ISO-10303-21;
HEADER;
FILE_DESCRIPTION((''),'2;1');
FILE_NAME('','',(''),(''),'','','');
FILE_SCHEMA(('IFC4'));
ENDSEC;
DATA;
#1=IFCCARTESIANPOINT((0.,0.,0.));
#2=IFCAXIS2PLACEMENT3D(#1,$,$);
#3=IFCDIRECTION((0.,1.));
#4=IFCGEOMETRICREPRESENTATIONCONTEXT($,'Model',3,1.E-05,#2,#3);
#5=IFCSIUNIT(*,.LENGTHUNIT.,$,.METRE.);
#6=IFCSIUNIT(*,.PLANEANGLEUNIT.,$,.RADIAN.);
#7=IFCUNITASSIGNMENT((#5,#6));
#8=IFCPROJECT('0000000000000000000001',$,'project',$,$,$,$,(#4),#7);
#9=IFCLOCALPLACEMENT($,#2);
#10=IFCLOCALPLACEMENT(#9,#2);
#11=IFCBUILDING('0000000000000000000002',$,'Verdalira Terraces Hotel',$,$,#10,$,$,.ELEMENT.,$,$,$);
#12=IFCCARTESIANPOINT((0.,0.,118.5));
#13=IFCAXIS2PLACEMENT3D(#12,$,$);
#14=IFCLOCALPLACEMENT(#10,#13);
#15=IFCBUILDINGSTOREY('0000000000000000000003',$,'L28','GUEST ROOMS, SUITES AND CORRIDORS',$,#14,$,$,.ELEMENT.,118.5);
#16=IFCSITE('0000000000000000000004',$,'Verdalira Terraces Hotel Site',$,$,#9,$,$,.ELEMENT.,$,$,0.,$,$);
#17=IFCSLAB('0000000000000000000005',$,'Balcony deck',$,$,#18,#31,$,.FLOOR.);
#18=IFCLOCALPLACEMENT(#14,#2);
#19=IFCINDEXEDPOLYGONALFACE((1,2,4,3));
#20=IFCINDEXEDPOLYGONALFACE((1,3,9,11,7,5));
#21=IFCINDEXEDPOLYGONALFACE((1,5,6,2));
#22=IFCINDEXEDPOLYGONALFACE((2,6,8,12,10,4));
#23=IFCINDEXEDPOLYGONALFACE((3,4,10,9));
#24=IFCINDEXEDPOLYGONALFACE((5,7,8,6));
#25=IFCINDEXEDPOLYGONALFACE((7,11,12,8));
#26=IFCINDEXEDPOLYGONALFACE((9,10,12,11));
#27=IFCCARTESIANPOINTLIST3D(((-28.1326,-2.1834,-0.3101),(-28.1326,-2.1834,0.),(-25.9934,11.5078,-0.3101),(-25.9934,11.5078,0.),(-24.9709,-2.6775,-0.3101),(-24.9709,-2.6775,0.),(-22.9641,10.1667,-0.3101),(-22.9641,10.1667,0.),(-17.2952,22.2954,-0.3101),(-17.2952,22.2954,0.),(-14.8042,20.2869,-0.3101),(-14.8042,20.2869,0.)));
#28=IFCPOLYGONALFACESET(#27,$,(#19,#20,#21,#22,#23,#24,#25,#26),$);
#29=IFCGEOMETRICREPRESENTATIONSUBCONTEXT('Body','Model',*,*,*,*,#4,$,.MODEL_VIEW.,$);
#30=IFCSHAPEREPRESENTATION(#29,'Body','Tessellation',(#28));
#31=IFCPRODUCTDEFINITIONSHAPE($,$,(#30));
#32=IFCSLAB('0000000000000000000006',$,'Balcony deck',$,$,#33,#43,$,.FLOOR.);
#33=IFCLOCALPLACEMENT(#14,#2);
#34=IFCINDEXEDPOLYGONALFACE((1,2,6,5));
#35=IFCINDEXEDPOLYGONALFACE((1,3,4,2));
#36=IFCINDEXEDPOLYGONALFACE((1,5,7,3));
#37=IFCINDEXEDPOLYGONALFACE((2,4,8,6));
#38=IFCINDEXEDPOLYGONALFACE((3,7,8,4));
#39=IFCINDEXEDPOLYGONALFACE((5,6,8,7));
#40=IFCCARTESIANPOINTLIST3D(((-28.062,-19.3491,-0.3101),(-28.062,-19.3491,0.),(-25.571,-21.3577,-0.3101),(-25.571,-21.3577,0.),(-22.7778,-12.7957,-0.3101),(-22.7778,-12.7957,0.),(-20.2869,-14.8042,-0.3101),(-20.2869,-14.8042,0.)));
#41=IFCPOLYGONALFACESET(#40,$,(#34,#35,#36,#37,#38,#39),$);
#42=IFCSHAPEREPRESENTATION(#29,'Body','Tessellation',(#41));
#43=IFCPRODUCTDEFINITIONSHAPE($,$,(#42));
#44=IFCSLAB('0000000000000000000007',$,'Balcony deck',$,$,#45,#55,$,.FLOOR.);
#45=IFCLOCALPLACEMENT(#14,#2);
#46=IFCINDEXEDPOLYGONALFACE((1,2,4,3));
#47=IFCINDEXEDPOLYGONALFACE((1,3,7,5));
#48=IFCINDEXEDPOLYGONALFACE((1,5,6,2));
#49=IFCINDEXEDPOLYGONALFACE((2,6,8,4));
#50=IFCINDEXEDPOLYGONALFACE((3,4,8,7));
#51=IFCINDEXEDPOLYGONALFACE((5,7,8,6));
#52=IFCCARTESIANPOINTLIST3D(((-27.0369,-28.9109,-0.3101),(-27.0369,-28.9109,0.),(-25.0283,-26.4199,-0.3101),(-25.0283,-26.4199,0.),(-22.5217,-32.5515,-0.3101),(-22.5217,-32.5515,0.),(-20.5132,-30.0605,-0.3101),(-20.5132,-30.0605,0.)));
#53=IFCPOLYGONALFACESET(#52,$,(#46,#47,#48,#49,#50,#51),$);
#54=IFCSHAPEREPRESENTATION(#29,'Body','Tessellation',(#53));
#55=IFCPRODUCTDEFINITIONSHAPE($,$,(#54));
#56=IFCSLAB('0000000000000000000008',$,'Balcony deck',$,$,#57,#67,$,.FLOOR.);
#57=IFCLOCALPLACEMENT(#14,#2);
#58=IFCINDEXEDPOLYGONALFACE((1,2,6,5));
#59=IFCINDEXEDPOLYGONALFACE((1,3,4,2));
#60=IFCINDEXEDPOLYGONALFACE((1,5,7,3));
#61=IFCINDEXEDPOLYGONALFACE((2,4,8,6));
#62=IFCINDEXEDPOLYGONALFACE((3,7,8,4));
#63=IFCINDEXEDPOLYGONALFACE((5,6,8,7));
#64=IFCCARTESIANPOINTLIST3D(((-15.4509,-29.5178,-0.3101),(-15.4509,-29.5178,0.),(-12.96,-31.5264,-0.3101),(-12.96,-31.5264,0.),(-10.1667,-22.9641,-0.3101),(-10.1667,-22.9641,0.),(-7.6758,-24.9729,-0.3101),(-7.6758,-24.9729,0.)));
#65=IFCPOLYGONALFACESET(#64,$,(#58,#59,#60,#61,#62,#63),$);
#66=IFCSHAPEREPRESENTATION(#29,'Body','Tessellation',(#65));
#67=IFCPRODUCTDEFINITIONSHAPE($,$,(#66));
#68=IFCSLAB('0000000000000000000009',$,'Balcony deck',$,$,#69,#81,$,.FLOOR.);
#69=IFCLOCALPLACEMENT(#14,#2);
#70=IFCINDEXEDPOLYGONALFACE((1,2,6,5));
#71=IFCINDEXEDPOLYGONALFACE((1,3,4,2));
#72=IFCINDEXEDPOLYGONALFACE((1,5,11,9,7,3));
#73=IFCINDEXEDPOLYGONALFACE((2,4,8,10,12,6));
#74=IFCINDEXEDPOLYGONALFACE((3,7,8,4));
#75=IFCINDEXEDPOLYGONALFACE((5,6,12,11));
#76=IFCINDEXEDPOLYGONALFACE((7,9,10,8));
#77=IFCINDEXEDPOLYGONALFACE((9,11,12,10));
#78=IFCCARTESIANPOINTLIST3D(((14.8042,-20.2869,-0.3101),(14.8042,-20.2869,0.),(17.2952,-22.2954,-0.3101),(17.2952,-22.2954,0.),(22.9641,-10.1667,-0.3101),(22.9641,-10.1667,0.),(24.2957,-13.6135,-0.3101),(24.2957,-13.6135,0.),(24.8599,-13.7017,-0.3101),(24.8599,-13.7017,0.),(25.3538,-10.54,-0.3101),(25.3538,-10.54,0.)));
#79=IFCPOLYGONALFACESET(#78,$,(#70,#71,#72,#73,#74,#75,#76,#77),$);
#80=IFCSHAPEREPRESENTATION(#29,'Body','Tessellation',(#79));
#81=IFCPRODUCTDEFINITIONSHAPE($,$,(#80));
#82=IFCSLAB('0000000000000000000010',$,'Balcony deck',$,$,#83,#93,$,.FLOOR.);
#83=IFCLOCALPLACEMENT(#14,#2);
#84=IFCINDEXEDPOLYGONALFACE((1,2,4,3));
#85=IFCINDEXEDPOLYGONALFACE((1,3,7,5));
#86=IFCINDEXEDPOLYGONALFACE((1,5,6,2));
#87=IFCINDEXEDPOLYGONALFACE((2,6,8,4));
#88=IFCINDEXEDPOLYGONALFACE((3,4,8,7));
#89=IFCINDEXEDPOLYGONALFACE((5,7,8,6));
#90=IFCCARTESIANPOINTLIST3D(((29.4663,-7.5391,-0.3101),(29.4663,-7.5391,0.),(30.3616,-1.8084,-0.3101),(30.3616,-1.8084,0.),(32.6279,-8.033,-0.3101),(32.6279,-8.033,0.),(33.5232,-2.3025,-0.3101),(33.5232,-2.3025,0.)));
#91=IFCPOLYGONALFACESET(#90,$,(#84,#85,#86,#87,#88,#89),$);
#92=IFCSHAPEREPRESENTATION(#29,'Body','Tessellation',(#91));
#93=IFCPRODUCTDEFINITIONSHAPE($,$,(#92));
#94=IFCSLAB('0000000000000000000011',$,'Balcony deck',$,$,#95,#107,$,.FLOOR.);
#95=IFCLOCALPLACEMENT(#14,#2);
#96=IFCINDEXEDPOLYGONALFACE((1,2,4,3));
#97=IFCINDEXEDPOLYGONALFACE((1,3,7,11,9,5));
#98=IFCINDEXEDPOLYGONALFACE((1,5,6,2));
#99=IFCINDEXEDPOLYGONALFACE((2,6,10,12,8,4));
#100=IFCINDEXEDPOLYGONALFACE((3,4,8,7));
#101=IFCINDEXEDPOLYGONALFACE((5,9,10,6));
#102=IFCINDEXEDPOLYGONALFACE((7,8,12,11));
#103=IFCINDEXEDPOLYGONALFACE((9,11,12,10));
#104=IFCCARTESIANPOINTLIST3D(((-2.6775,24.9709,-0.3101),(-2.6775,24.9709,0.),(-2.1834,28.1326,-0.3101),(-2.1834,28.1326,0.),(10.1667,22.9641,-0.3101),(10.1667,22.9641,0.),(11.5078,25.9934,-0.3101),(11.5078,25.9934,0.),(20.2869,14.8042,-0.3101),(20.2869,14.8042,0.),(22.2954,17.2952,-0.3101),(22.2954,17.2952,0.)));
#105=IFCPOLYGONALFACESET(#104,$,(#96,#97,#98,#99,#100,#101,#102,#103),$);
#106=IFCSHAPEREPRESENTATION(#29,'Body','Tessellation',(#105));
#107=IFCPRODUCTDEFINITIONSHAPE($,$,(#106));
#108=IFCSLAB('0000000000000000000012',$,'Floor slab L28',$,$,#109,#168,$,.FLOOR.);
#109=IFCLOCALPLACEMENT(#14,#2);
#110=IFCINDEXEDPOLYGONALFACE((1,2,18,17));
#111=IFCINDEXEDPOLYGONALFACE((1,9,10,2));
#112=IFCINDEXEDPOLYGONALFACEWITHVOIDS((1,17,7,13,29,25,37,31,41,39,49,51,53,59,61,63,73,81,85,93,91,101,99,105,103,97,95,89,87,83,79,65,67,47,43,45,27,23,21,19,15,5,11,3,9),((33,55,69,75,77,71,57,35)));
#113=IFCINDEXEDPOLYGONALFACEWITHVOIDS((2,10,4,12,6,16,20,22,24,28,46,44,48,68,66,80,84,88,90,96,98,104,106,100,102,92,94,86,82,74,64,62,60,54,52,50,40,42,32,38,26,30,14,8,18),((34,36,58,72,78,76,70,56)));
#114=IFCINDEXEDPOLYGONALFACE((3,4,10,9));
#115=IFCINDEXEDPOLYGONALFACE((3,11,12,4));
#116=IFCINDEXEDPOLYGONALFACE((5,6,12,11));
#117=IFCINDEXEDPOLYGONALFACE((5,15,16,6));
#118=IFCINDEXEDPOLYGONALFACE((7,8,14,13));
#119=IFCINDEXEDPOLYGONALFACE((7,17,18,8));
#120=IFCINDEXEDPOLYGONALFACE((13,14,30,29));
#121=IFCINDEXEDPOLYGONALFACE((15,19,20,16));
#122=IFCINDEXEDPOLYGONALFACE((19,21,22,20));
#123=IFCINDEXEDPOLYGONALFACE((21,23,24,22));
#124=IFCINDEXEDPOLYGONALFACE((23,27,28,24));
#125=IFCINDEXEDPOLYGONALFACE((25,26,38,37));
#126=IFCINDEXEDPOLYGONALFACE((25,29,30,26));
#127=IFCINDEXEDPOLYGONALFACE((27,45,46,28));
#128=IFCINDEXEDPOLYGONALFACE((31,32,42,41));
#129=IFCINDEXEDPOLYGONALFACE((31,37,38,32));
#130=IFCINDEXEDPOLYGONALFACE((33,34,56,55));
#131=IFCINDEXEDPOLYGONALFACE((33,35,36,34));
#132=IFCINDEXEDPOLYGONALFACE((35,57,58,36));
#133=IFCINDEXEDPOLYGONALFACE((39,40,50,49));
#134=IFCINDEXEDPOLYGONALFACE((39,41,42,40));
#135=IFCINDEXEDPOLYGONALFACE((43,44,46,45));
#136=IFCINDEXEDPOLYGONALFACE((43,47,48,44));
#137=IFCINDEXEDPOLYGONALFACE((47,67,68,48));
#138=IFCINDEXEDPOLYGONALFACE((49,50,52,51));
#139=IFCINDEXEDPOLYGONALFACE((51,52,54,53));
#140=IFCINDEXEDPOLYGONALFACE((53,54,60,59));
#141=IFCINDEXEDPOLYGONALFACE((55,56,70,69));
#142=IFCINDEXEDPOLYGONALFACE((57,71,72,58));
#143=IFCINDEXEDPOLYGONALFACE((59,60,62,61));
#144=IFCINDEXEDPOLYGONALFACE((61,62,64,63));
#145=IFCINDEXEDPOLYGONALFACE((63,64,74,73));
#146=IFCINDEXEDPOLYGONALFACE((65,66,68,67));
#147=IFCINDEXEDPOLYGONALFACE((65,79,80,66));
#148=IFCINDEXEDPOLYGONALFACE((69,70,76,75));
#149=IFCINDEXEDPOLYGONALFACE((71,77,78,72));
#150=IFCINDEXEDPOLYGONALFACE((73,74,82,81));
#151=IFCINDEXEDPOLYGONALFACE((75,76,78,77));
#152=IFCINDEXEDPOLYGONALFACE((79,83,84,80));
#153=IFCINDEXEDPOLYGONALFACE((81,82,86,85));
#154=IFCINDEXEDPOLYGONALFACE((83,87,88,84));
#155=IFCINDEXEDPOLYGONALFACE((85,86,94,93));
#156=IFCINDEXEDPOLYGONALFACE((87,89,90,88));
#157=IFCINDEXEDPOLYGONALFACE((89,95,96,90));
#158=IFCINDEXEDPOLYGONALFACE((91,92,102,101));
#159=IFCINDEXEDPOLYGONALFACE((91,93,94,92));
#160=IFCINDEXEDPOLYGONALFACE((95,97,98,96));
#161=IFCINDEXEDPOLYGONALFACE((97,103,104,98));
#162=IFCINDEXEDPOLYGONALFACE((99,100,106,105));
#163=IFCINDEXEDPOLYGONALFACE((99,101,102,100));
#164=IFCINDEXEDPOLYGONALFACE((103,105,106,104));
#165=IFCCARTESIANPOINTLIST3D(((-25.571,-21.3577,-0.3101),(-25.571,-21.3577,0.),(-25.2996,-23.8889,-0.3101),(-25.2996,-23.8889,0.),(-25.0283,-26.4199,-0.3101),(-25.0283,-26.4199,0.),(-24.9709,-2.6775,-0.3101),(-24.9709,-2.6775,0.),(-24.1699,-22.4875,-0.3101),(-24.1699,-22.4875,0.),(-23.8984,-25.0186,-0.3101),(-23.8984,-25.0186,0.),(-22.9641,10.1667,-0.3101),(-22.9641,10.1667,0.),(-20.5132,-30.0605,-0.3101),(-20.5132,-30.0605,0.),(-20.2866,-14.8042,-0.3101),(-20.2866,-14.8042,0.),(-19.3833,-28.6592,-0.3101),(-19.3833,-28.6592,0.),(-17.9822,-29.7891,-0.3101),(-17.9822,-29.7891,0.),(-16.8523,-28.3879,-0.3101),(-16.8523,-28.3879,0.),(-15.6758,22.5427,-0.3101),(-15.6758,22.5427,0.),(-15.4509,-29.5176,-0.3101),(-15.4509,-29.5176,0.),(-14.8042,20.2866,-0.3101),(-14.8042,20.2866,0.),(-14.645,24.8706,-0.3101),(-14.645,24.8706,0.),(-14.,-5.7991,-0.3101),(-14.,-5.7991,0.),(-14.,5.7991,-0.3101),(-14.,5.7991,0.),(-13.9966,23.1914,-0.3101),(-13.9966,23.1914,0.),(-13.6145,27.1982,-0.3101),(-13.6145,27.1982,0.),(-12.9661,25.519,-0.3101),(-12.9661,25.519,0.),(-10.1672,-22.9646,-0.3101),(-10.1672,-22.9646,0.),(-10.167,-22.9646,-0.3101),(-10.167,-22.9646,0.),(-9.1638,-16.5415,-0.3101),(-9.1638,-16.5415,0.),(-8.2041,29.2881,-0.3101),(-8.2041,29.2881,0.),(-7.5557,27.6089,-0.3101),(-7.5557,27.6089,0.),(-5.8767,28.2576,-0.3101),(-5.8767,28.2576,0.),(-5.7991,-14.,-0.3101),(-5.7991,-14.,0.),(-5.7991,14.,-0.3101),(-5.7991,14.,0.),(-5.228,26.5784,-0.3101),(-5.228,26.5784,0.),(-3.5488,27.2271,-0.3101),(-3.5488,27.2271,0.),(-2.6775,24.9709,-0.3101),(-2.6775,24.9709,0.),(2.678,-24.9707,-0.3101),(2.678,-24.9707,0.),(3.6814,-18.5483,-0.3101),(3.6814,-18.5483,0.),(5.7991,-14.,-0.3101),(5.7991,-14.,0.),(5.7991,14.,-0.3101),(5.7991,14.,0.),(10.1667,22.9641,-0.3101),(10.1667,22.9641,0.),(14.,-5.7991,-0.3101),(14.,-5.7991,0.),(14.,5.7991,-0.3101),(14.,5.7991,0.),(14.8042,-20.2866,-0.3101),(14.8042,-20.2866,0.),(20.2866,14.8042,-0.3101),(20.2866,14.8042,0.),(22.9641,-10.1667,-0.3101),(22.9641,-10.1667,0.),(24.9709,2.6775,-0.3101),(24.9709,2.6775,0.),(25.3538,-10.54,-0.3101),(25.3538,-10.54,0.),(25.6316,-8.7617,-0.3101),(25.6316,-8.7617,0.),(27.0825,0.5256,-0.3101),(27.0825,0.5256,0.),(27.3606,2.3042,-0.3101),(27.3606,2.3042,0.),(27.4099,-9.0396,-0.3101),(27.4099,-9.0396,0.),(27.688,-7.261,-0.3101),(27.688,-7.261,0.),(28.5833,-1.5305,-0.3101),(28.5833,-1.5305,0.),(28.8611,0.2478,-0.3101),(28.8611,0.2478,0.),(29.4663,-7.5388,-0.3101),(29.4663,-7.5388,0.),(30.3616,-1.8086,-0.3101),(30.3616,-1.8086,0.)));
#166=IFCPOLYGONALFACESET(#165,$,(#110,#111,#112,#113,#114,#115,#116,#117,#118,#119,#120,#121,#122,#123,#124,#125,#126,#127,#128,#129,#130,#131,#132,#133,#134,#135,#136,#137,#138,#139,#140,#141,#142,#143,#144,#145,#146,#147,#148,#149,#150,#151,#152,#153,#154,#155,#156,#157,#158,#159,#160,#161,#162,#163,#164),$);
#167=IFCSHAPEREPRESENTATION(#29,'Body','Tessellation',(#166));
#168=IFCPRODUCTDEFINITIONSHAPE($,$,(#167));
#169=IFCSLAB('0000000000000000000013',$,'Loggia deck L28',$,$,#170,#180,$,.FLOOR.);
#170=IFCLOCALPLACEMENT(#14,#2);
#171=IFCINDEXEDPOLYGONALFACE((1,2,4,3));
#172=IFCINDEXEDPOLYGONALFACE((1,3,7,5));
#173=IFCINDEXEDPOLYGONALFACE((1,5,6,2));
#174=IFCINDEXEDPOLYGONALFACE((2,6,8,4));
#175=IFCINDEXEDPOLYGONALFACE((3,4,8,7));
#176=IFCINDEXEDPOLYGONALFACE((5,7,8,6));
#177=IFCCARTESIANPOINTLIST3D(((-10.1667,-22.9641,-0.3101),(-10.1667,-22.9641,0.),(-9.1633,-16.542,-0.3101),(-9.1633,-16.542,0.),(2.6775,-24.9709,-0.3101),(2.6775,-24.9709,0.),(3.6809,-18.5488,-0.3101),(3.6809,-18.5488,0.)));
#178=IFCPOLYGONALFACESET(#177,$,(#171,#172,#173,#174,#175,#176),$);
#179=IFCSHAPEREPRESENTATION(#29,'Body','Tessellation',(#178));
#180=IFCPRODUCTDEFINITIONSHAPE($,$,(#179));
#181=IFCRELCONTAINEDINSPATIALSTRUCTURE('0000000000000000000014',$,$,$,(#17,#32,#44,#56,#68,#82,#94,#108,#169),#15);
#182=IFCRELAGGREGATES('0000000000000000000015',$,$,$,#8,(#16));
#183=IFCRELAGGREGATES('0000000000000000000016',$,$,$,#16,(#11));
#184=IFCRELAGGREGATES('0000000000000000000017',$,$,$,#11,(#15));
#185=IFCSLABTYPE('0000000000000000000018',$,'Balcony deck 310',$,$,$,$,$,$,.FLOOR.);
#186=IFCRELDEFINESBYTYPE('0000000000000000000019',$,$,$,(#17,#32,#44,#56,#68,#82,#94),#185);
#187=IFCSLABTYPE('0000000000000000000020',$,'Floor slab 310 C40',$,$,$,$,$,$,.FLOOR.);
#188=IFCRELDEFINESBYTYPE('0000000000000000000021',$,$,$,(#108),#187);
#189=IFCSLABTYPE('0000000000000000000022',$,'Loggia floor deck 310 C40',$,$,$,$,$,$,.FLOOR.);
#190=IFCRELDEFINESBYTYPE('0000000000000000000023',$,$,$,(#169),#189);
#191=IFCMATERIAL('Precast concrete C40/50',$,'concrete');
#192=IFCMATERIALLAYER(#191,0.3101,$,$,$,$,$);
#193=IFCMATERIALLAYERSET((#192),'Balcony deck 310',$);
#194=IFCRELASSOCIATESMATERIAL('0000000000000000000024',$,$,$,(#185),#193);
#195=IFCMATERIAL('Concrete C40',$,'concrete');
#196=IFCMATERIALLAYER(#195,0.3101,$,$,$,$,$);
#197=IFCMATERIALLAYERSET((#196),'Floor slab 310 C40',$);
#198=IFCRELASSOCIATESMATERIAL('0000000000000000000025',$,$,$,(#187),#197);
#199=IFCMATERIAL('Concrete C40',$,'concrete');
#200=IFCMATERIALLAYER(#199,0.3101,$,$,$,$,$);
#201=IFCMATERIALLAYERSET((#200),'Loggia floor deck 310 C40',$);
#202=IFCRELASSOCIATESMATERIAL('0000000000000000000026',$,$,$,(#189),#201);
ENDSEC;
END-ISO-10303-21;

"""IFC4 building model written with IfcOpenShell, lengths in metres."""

from ifc_helpers import new_model, si_unit, direction, frame, origin, place, context, subcontext, project, spatial, polyline, outline, extrude, material, layer, layer_set, type_object, element, save


model = new_model("IFC4")

# Units and contexts
model_context = context("Model", 3, precision=1e-05, world=origin(), true_north=direction((0.0, 1.0)))
body_context = subcontext(model_context, "Body", "Model", "MODEL_VIEW")
ifc_project = project(units=[si_unit("LENGTHUNIT", "METRE"), si_unit("PLANEANGLEUNIT", "RADIAN")], contexts=[model_context])

# Site, building, storey
site_placement = place(None, origin())
site = spatial("IfcSite", under=ifc_project, at=site_placement, Name="Verdalira Terraces Hotel Site", CompositionType="ELEMENT", RefElevation=0.0)
building_placement = place(site_placement, origin())
building = spatial("IfcBuilding", under=site, at=building_placement, Name="Verdalira Terraces Hotel", CompositionType="ELEMENT")
storey_placement = place(building_placement, frame((0.0, 0.0, 118.5)))
storey = spatial("IfcBuildingStorey", under=building, at=storey_placement, Name="L28", Description="GUEST ROOMS, SUITES AND CORRIDORS", CompositionType="ELEMENT", Elevation=118.5)

# Slabs
ifc_material_1 = material(Name="Precast concrete C40/50", Category="concrete")
ifc_layer_1 = layer(ifc_material_1, 0.3101)
ifc_layer_set_1 = layer_set([ifc_layer_1], Name="Balcony deck 310")
slab_type_1 = type_object("IfcSlabType", Name="Balcony deck 310", PredefinedType="FLOOR", material=ifc_layer_set_1)
slab_1_placement = place(storey_placement, frame((0.0, 0.0, -0.3101)))
element("IfcSlab", 1, at=slab_1_placement, inside=storey, type_object=slab_type_1, Name="Balcony deck", PredefinedType="FLOOR", context=body_context, shape_type="SweptSolid", body=[
    extrude(outline(polyline([(-25.9934, 11.5078), (-28.1326, -2.1833), (-24.9709, -2.6775), (-22.9641, 10.1667), (-14.8042, 20.2869), (-17.2952, 22.2954), (-25.9934, 11.5078)])), origin(), (0.0, 0.0, 1.0), 0.3101),
])
slab_2_placement = place(storey_placement, frame((0.0, 0.0, -0.3101)))
element("IfcSlab", 2, at=slab_2_placement, inside=storey, type_object=slab_type_1, Name="Balcony deck", PredefinedType="FLOOR", context=body_context, shape_type="SweptSolid", body=[
    extrude(outline(polyline([(-28.062, -19.3491), (-25.571, -21.3577), (-20.2869, -14.8042), (-22.7778, -12.7957), (-28.062, -19.3491)])), origin(), (0.0, 0.0, 1.0), 0.3101),
])
slab_3_placement = place(storey_placement, frame((0.0, 0.0, -0.3101)))
element("IfcSlab", 3, at=slab_3_placement, inside=storey, type_object=slab_type_1, Name="Balcony deck", PredefinedType="FLOOR", context=body_context, shape_type="SweptSolid", body=[
    extrude(outline(polyline([(-22.5217, -32.5515), (-20.5132, -30.0605), (-25.0283, -26.4199), (-27.0369, -28.9109), (-22.5217, -32.5515)])), origin(), (0.0, 0.0, 1.0), 0.3101),
])
slab_4_placement = place(storey_placement, frame((0.0, 0.0, -0.3101)))
element("IfcSlab", 4, at=slab_4_placement, inside=storey, type_object=slab_type_1, Name="Balcony deck", PredefinedType="FLOOR", context=body_context, shape_type="SweptSolid", body=[
    extrude(outline(polyline([(-7.6758, -24.9729), (-10.1667, -22.9641), (-15.4509, -29.5178), (-12.96, -31.5264), (-7.6758, -24.9729)])), origin(), (0.0, 0.0, 1.0), 0.3101),
])
slab_5_placement = place(storey_placement, frame((0.0, 0.0, -0.3101)))
element("IfcSlab", 5, at=slab_5_placement, inside=storey, type_object=slab_type_1, Name="Balcony deck", PredefinedType="FLOOR", context=body_context, shape_type="SweptSolid", body=[
    extrude(outline(polyline([(24.8599, -13.7017), (25.3538, -10.54), (22.9641, -10.1667), (14.8042, -20.2869), (17.2952, -22.2954), (24.2957, -13.6135), (24.8599, -13.7017)])), origin(), (0.0, 0.0, 1.0), 0.3101),
])
slab_6_placement = place(storey_placement, frame((0.0, 0.0, -0.3101)))
element("IfcSlab", 6, at=slab_6_placement, inside=storey, type_object=slab_type_1, Name="Balcony deck", PredefinedType="FLOOR", context=body_context, shape_type="SweptSolid", body=[
    extrude(outline(polyline([(33.5232, -2.3025), (30.3616, -1.8083), (29.4663, -7.5391), (32.6279, -8.033), (33.5232, -2.3025)])), origin(), (0.0, 0.0, 1.0), 0.3101),
])
slab_7_placement = place(storey_placement, frame((0.0, 0.0, -0.3101)))
element("IfcSlab", 7, at=slab_7_placement, inside=storey, type_object=slab_type_1, Name="Balcony deck", PredefinedType="FLOOR", context=body_context, shape_type="SweptSolid", body=[
    extrude(outline(polyline([(-2.1833, 28.1326), (-2.6775, 24.9709), (10.1667, 22.9641), (20.2869, 14.8042), (22.2954, 17.2952), (11.5078, 25.9934), (-2.1833, 28.1326)])), origin(), (0.0, 0.0, 1.0), 0.3101),
])
ifc_material_2 = material(Name="Concrete C40", Category="concrete")
ifc_layer_2 = layer(ifc_material_2, 0.3101)
ifc_layer_set_2 = layer_set([ifc_layer_2], Name="Floor slab 310 C40")
slab_type_2 = type_object("IfcSlabType", Name="Floor slab 310 C40", PredefinedType="FLOOR", material=ifc_layer_set_2)
slab_8_placement = place(storey_placement, frame((0.0, 0.0, -0.3101)))
element("IfcSlab", 8, at=slab_8_placement, inside=storey, type_object=slab_type_2, Name="Floor slab L28", PredefinedType="FLOOR", context=body_context, shape_type="SweptSolid", body=[
    extrude(outline(polyline([(-16.8523, -28.3879), (-15.4509, -29.5176), (-10.167, -22.9646), (-10.1672, -22.9646), (-9.1638, -16.5415), (3.6814, -18.5483), (2.678, -24.9707), (14.8042, -20.2866), (22.9641, -10.1667), (25.3538, -10.54), (25.6316, -8.7617), (27.4099, -9.0396), (27.688, -7.261), (29.4663, -7.5388), (30.3616, -1.8086), (28.5833, -1.5305), (28.8611, 0.2478), (27.0825, 0.5256), (27.3606, 2.3042), (24.9709, 2.6775), (20.2866, 14.8042), (10.1667, 22.9641), (-2.6775, 24.9709), (-3.5488, 27.2271), (-5.228, 26.5784), (-5.8767, 28.2576), (-7.5557, 27.6089), (-8.2041, 29.2881), (-13.6145, 27.1982), (-12.9661, 25.519), (-14.645, 24.8706), (-13.9966, 23.1914), (-15.6758, 22.5427), (-14.8042, 20.2866), (-22.9641, 10.1667), (-24.9709, -2.6775), (-20.2866, -14.8042), (-25.571, -21.3577), (-24.1699, -22.4875), (-25.2996, -23.8889), (-23.8984, -25.0186), (-25.0283, -26.4199), (-20.5132, -30.0605), (-19.3833, -28.6592), (-17.9822, -29.7891), (-16.8523, -28.3879)]), holes=[polyline([(5.7991, 14.0), (14.0, 5.7991), (14.0, -5.7991), (5.7991, -14.0), (-5.7991, -14.0), (-14.0, -5.7991), (-14.0, 5.7991), (-5.7991, 14.0), (5.7991, 14.0)])]), origin(), (0.0, 0.0, 1.0), 0.3101),
])
ifc_material_3 = material(Name="Concrete C40", Category="concrete")
ifc_layer_3 = layer(ifc_material_3, 0.3101)
ifc_layer_set_3 = layer_set([ifc_layer_3], Name="Loggia floor deck 310 C40")
slab_type_3 = type_object("IfcSlabType", Name="Loggia floor deck 310 C40", PredefinedType="FLOOR", material=ifc_layer_set_3)
slab_9_placement = place(storey_placement, frame((0.0, 0.0, -0.3101)))
element("IfcSlab", 9, at=slab_9_placement, inside=storey, type_object=slab_type_3, Name="Loggia deck L28", PredefinedType="FLOOR", context=body_context, shape_type="SweptSolid", body=[
    extrude(outline(polyline([(-9.1633, -16.542), (-10.1667, -22.9641), (2.6775, -24.9709), (3.6809, -18.5488), (-9.1633, -16.542)])), origin(), (0.0, 0.0, 1.0), 0.3101),
])

save(model, "model.ifc")
